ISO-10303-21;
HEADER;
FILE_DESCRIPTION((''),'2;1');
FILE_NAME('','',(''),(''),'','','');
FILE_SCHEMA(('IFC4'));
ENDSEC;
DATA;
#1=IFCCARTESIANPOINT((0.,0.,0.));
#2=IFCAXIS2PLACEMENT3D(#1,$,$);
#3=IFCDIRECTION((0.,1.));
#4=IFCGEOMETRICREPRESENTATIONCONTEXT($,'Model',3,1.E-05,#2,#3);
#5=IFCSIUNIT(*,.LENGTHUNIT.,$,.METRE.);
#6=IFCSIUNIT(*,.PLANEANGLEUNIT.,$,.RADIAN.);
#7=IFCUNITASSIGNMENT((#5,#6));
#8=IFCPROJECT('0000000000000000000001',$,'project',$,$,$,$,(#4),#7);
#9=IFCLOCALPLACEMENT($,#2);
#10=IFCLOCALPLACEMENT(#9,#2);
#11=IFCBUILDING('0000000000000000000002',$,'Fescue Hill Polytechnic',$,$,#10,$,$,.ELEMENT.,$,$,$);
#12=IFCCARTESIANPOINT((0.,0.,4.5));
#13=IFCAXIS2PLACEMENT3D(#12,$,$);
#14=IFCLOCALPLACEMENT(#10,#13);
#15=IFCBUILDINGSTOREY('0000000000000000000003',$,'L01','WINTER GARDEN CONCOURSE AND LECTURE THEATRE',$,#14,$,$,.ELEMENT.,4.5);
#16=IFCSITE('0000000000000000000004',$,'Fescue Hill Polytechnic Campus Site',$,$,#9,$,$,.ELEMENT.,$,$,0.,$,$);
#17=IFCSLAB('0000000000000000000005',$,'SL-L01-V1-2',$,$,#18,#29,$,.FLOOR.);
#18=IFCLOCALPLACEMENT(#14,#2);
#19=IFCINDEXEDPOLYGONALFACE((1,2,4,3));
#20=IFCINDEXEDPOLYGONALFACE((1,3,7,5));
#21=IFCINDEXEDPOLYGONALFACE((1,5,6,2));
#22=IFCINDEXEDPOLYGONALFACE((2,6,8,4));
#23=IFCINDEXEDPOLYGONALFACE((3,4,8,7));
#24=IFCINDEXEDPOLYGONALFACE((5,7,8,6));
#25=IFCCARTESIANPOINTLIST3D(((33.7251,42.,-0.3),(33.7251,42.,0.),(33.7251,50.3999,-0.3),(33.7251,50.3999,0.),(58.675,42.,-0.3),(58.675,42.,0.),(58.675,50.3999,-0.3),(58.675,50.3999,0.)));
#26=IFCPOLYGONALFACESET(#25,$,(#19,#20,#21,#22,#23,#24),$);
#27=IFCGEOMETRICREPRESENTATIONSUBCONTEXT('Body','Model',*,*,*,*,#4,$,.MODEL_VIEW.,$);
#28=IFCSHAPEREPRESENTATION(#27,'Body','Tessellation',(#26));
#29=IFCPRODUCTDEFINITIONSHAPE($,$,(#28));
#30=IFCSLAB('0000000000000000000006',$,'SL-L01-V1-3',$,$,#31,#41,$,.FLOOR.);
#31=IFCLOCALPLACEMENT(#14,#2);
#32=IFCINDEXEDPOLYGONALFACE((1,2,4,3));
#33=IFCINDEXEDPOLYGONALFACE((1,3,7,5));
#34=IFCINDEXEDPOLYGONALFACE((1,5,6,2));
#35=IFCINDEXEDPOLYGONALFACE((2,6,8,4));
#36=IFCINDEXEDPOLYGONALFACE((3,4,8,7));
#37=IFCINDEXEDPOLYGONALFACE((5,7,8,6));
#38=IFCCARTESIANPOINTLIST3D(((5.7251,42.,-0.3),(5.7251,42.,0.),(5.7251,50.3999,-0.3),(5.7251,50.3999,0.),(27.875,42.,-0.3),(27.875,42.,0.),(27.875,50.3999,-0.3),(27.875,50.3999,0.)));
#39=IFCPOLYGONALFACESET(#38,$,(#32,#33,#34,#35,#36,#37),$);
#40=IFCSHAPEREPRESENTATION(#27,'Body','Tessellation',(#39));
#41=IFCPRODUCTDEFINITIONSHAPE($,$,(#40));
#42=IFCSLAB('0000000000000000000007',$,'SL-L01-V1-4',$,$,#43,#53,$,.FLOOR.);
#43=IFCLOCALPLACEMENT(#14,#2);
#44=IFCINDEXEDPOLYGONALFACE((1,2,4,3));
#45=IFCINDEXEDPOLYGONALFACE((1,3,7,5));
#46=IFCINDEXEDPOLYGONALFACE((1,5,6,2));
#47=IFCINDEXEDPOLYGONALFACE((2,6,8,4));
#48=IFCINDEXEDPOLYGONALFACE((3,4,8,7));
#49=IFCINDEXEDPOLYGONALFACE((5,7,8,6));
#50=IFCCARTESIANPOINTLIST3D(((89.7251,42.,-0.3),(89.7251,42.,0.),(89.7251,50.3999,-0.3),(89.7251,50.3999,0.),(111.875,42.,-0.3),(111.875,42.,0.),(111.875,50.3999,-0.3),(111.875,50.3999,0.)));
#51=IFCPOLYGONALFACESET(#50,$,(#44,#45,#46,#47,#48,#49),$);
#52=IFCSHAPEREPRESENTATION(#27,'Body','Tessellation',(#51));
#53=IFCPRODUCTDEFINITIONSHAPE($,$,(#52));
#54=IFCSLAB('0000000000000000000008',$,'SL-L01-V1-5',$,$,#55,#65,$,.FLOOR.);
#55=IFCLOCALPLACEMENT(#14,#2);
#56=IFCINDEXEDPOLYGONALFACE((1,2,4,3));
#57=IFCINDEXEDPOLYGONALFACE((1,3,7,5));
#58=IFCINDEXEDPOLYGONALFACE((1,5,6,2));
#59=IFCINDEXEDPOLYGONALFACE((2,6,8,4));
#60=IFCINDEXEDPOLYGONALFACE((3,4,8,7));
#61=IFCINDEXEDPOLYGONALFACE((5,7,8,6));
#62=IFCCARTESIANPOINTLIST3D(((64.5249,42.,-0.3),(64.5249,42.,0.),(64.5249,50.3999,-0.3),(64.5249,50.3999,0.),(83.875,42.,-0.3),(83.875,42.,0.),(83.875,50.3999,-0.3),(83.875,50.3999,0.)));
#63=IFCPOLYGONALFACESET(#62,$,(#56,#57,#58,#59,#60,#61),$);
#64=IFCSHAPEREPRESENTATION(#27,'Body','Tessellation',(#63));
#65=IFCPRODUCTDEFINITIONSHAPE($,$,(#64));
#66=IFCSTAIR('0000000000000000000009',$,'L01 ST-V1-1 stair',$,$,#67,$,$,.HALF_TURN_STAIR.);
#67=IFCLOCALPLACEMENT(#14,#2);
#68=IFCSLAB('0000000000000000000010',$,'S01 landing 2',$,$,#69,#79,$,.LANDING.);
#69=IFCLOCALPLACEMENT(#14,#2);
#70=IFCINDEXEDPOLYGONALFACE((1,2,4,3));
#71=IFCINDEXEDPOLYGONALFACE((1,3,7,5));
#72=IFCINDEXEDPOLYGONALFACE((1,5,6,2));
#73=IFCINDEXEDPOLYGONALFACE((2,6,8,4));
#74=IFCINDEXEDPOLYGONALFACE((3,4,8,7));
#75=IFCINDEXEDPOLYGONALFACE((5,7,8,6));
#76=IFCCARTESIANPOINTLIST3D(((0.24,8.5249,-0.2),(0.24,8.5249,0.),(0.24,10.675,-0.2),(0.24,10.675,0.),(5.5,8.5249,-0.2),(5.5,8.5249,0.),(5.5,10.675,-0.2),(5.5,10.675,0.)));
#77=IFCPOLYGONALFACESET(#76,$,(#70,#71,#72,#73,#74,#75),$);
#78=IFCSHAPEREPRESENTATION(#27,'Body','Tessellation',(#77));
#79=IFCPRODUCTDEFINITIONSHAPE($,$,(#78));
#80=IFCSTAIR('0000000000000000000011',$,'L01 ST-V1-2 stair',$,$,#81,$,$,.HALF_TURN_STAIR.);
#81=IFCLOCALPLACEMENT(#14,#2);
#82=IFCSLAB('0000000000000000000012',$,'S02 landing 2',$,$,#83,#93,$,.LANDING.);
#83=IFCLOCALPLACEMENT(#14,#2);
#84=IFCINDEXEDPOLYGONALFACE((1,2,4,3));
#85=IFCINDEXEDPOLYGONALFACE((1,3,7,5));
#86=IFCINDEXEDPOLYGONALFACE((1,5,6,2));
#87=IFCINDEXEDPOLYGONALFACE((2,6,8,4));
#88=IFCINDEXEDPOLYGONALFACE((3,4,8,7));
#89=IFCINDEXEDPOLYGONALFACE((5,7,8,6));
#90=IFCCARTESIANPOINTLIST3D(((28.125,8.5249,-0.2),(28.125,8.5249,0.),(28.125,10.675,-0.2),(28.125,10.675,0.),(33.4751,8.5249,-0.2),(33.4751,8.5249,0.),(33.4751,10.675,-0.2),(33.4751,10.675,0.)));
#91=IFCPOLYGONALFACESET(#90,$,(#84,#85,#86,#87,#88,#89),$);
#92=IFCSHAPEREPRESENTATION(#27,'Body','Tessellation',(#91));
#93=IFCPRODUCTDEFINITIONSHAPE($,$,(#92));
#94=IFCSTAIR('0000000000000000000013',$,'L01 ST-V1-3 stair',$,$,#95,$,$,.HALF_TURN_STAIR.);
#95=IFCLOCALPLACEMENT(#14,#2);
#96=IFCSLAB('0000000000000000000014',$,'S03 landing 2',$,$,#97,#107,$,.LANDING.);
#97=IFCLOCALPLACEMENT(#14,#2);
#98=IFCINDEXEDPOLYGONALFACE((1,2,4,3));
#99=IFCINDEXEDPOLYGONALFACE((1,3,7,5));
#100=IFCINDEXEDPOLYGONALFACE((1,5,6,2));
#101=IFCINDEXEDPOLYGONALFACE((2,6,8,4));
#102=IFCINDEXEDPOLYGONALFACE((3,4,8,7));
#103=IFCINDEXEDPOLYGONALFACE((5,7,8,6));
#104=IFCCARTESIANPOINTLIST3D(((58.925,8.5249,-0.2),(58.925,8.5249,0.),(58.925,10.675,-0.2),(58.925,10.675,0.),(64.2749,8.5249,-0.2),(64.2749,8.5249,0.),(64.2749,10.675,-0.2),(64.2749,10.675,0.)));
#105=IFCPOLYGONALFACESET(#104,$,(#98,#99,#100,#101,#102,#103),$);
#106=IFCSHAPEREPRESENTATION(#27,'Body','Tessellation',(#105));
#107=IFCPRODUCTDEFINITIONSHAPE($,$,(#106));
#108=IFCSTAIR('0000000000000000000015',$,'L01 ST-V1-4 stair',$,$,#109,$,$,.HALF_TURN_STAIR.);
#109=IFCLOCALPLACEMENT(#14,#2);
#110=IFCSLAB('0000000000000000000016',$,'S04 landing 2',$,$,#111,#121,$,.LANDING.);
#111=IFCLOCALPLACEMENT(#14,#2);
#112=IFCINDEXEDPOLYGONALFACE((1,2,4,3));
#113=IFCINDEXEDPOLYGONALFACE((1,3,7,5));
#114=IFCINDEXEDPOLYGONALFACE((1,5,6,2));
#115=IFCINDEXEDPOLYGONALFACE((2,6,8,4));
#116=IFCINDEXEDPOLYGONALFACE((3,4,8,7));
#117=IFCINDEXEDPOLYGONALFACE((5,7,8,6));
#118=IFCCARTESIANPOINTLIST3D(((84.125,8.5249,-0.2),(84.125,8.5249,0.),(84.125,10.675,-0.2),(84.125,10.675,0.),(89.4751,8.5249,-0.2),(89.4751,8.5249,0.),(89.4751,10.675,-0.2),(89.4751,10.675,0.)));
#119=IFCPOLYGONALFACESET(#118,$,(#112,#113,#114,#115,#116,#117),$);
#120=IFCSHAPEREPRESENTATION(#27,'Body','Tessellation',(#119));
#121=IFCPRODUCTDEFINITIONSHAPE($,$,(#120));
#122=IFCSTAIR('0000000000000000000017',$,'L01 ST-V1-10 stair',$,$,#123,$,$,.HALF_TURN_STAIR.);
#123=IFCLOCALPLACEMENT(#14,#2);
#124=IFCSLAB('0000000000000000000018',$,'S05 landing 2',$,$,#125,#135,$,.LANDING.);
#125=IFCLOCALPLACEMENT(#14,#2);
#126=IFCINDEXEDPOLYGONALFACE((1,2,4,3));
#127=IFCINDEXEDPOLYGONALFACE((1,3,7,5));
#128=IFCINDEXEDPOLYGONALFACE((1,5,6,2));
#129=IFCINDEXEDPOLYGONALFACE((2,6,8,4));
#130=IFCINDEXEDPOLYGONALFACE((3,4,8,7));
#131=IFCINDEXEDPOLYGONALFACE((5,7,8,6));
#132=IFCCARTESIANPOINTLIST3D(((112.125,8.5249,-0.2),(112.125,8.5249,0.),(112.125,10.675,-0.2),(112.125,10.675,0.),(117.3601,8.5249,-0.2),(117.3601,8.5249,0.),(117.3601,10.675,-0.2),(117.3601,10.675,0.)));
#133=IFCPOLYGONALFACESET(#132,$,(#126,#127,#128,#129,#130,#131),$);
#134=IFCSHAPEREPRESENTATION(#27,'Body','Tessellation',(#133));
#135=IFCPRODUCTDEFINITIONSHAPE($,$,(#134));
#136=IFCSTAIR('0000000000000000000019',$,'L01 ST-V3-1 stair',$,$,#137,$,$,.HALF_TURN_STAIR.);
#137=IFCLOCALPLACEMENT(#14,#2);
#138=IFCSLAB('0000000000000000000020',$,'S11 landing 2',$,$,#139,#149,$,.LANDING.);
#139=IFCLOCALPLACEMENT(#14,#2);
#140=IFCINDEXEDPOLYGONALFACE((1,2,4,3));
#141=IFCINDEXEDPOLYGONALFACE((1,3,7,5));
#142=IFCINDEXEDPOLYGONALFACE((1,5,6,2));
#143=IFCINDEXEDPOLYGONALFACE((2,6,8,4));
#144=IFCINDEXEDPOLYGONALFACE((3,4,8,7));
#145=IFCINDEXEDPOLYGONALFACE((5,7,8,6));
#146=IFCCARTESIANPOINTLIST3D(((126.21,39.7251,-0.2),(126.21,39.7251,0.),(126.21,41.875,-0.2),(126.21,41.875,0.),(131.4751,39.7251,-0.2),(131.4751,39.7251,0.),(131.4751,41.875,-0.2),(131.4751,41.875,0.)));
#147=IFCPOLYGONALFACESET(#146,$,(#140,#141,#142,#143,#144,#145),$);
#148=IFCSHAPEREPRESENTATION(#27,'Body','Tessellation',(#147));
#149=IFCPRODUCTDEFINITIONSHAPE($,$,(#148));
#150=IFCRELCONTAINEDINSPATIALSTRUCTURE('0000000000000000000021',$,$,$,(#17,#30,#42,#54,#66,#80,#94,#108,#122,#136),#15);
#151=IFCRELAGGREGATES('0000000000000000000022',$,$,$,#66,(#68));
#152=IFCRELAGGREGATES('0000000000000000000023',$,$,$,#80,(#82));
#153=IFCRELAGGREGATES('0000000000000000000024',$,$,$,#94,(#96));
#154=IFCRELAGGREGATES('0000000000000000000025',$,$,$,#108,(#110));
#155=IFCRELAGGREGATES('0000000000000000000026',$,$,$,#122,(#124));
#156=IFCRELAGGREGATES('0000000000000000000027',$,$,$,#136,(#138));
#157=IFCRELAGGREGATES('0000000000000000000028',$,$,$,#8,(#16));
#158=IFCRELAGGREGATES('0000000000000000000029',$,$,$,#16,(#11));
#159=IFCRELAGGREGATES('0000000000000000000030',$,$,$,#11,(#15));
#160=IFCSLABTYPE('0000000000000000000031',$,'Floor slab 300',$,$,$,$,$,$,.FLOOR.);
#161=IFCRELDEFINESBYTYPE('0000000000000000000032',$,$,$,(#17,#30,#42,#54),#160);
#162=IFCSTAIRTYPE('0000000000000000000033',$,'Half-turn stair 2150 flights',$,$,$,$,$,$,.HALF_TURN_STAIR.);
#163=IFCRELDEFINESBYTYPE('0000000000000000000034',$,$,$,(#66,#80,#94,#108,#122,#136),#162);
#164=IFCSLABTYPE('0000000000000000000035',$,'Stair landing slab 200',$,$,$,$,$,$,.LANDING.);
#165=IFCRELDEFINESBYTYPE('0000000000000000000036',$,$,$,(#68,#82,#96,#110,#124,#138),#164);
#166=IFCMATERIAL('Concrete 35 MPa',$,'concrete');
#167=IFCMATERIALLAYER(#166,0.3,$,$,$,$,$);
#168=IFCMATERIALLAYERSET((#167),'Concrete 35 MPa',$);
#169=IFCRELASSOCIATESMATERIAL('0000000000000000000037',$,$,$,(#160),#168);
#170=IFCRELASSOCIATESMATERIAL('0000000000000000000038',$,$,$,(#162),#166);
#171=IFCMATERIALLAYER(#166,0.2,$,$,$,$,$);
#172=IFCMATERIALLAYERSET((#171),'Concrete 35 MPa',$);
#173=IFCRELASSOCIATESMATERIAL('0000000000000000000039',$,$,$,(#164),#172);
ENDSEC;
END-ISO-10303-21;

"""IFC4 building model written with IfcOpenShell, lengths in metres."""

from ifc_helpers import new_model, si_unit, direction, frame, origin, place, context, subcontext, project, spatial, polyline, outline, extrude, material, layer, layer_set, type_object, element, aggregate, save


model = new_model("IFC4")

# Units and contexts
model_context = context("Model", 3, precision=1e-05, world=origin(), true_north=direction((0.0, 1.0)))
body_context = subcontext(model_context, "Body", "Model", "MODEL_VIEW")
ifc_project = project(units=[si_unit("LENGTHUNIT", "METRE"), si_unit("PLANEANGLEUNIT", "RADIAN")], contexts=[model_context])

# Site, building, storey
site_placement = place(None, origin())
site = spatial("IfcSite", under=ifc_project, at=site_placement, Name="Fescue Hill Polytechnic Campus Site", CompositionType="ELEMENT", RefElevation=0.0)
building_placement = place(site_placement, origin())
building = spatial("IfcBuilding", under=site, at=building_placement, Name="Fescue Hill Polytechnic", CompositionType="ELEMENT")
storey_placement = place(building_placement, frame((0.0, 0.0, 4.5)))
storey = spatial("IfcBuildingStorey", under=building, at=storey_placement, Name="L01", Description="WINTER GARDEN CONCOURSE AND LECTURE THEATRE", CompositionType="ELEMENT", Elevation=4.5)

# Shared definitions
ifc_material_1 = material(Name="Concrete 35 MPa", Category="concrete")

# Slabs
ifc_layer_1 = layer(ifc_material_1, 0.3)
ifc_layer_set_1 = layer_set([ifc_layer_1], Name="Concrete 35 MPa")
slab_type_1 = type_object("IfcSlabType", Name="Floor slab 300", PredefinedType="FLOOR", material=ifc_layer_set_1)
slab_1_placement = place(storey_placement, frame((0.0, 0.0, -0.3)))
element("IfcSlab", 1, at=slab_1_placement, inside=storey, type_object=slab_type_1, Name="SL-L01-V1-2", PredefinedType="FLOOR", context=body_context, shape_type="SweptSolid", body=[
    extrude(outline(polyline([(58.675, 50.3999), (58.675, 42.0), (33.7251, 42.0), (33.7251, 50.3999), (58.675, 50.3999)])), origin(), (0.0, 0.0, 1.0), 0.3),
])
slab_2_placement = place(storey_placement, frame((0.0, 0.0, -0.3)))
element("IfcSlab", 2, at=slab_2_placement, inside=storey, type_object=slab_type_1, Name="SL-L01-V1-3", PredefinedType="FLOOR", context=body_context, shape_type="SweptSolid", body=[
    extrude(outline(polyline([(27.875, 50.3999), (27.875, 42.0), (5.7251, 42.0), (5.7251, 50.3999), (27.875, 50.3999)])), origin(), (0.0, 0.0, 1.0), 0.3),
])
slab_3_placement = place(storey_placement, frame((0.0, 0.0, -0.3)))
element("IfcSlab", 3, at=slab_3_placement, inside=storey, type_object=slab_type_1, Name="SL-L01-V1-4", PredefinedType="FLOOR", context=body_context, shape_type="SweptSolid", body=[
    extrude(outline(polyline([(111.875, 50.3999), (111.875, 42.0), (89.7251, 42.0), (89.7251, 50.3999), (111.875, 50.3999)])), origin(), (0.0, 0.0, 1.0), 0.3),
])
slab_4_placement = place(storey_placement, frame((0.0, 0.0, -0.3)))
element("IfcSlab", 4, at=slab_4_placement, inside=storey, type_object=slab_type_1, Name="SL-L01-V1-5", PredefinedType="FLOOR", context=body_context, shape_type="SweptSolid", body=[
    extrude(outline(polyline([(83.875, 50.3999), (83.875, 42.0), (64.5249, 42.0), (64.5249, 50.3999), (83.875, 50.3999)])), origin(), (0.0, 0.0, 1.0), 0.3),
])

# Stairs, slabs
stair_type = type_object("IfcStairType", Name="Half-turn stair 2150 flights", PredefinedType="HALF_TURN_STAIR", material=ifc_material_1)
stair_1_placement = place(storey_placement, origin())
stair_1 = element("IfcStair", 5, at=stair_1_placement, inside=storey, type_object=stair_type, Name="L01 ST-V1-1 stair", PredefinedType="HALF_TURN_STAIR")
ifc_layer_2 = layer(ifc_material_1, 0.2)
ifc_layer_set_2 = layer_set([ifc_layer_2], Name="Concrete 35 MPa")
slab_type_2 = type_object("IfcSlabType", Name="Stair landing slab 200", PredefinedType="LANDING", material=ifc_layer_set_2)
slab_5_placement = place(storey_placement, frame((0.0, 0.0, -0.2)))
slab_5 = element("IfcSlab", 6, at=slab_5_placement, type_object=slab_type_2, Name="S01 landing 2", PredefinedType="LANDING", context=body_context, shape_type="SweptSolid", body=[
    extrude(outline(polyline([(0.24, 8.5249), (5.5, 8.5249), (5.5, 10.675), (0.24, 10.675), (0.24, 8.5249)])), origin(), (0.0, 0.0, 1.0), 0.2),
])
aggregate(stair_1, [slab_5])
stair_2_placement = place(storey_placement, origin())
stair_2 = element("IfcStair", 7, at=stair_2_placement, inside=storey, type_object=stair_type, Name="L01 ST-V1-2 stair", PredefinedType="HALF_TURN_STAIR")
slab_6_placement = place(storey_placement, frame((0.0, 0.0, -0.2)))
slab_6 = element("IfcSlab", 8, at=slab_6_placement, type_object=slab_type_2, Name="S02 landing 2", PredefinedType="LANDING", context=body_context, shape_type="SweptSolid", body=[
    extrude(outline(polyline([(28.125, 8.5249), (33.4751, 8.5249), (33.4751, 10.675), (28.125, 10.675), (28.125, 8.5249)])), origin(), (0.0, 0.0, 1.0), 0.2),
])
aggregate(stair_2, [slab_6])
stair_3_placement = place(storey_placement, origin())
stair_3 = element("IfcStair", 9, at=stair_3_placement, inside=storey, type_object=stair_type, Name="L01 ST-V1-3 stair", PredefinedType="HALF_TURN_STAIR")
slab_7_placement = place(storey_placement, frame((0.0, 0.0, -0.2)))
slab_7 = element("IfcSlab", 10, at=slab_7_placement, type_object=slab_type_2, Name="S03 landing 2", PredefinedType="LANDING", context=body_context, shape_type="SweptSolid", body=[
    extrude(outline(polyline([(58.925, 8.5249), (64.2749, 8.5249), (64.2749, 10.675), (58.925, 10.675), (58.925, 8.5249)])), origin(), (0.0, 0.0, 1.0), 0.2),
])
aggregate(stair_3, [slab_7])
stair_4_placement = place(storey_placement, origin())
stair_4 = element("IfcStair", 11, at=stair_4_placement, inside=storey, type_object=stair_type, Name="L01 ST-V1-4 stair", PredefinedType="HALF_TURN_STAIR")
slab_8_placement = place(storey_placement, frame((0.0, 0.0, -0.2)))
slab_8 = element("IfcSlab", 12, at=slab_8_placement, type_object=slab_type_2, Name="S04 landing 2", PredefinedType="LANDING", context=body_context, shape_type="SweptSolid", body=[
    extrude(outline(polyline([(84.125, 8.5249), (89.4751, 8.5249), (89.4751, 10.675), (84.125, 10.675), (84.125, 8.5249)])), origin(), (0.0, 0.0, 1.0), 0.2),
])
aggregate(stair_4, [slab_8])
stair_5_placement = place(storey_placement, origin())
stair_5 = element("IfcStair", 13, at=stair_5_placement, inside=storey, type_object=stair_type, Name="L01 ST-V1-10 stair", PredefinedType="HALF_TURN_STAIR")
slab_9_placement = place(storey_placement, frame((0.0, 0.0, -0.2)))
slab_9 = element("IfcSlab", 14, at=slab_9_placement, type_object=slab_type_2, Name="S05 landing 2", PredefinedType="LANDING", context=body_context, shape_type="SweptSolid", body=[
    extrude(outline(polyline([(112.125, 8.5249), (117.3601, 8.5249), (117.3601, 10.675), (112.125, 10.675), (112.125, 8.5249)])), origin(), (0.0, 0.0, 1.0), 0.2),
])
aggregate(stair_5, [slab_9])
stair_6_placement = place(storey_placement, origin())
stair_6 = element("IfcStair", 15, at=stair_6_placement, inside=storey, type_object=stair_type, Name="L01 ST-V3-1 stair", PredefinedType="HALF_TURN_STAIR")
slab_10_placement = place(storey_placement, frame((0.0, 0.0, -0.2)))
slab_10 = element("IfcSlab", 16, at=slab_10_placement, type_object=slab_type_2, Name="S11 landing 2", PredefinedType="LANDING", context=body_context, shape_type="SweptSolid", body=[
    extrude(outline(polyline([(126.21, 39.7251), (131.4751, 39.7251), (131.4751, 41.875), (126.21, 41.875), (126.21, 39.7251)])), origin(), (0.0, 0.0, 1.0), 0.2),
])
aggregate(stair_6, [slab_10])

save(model, "model.ifc")
